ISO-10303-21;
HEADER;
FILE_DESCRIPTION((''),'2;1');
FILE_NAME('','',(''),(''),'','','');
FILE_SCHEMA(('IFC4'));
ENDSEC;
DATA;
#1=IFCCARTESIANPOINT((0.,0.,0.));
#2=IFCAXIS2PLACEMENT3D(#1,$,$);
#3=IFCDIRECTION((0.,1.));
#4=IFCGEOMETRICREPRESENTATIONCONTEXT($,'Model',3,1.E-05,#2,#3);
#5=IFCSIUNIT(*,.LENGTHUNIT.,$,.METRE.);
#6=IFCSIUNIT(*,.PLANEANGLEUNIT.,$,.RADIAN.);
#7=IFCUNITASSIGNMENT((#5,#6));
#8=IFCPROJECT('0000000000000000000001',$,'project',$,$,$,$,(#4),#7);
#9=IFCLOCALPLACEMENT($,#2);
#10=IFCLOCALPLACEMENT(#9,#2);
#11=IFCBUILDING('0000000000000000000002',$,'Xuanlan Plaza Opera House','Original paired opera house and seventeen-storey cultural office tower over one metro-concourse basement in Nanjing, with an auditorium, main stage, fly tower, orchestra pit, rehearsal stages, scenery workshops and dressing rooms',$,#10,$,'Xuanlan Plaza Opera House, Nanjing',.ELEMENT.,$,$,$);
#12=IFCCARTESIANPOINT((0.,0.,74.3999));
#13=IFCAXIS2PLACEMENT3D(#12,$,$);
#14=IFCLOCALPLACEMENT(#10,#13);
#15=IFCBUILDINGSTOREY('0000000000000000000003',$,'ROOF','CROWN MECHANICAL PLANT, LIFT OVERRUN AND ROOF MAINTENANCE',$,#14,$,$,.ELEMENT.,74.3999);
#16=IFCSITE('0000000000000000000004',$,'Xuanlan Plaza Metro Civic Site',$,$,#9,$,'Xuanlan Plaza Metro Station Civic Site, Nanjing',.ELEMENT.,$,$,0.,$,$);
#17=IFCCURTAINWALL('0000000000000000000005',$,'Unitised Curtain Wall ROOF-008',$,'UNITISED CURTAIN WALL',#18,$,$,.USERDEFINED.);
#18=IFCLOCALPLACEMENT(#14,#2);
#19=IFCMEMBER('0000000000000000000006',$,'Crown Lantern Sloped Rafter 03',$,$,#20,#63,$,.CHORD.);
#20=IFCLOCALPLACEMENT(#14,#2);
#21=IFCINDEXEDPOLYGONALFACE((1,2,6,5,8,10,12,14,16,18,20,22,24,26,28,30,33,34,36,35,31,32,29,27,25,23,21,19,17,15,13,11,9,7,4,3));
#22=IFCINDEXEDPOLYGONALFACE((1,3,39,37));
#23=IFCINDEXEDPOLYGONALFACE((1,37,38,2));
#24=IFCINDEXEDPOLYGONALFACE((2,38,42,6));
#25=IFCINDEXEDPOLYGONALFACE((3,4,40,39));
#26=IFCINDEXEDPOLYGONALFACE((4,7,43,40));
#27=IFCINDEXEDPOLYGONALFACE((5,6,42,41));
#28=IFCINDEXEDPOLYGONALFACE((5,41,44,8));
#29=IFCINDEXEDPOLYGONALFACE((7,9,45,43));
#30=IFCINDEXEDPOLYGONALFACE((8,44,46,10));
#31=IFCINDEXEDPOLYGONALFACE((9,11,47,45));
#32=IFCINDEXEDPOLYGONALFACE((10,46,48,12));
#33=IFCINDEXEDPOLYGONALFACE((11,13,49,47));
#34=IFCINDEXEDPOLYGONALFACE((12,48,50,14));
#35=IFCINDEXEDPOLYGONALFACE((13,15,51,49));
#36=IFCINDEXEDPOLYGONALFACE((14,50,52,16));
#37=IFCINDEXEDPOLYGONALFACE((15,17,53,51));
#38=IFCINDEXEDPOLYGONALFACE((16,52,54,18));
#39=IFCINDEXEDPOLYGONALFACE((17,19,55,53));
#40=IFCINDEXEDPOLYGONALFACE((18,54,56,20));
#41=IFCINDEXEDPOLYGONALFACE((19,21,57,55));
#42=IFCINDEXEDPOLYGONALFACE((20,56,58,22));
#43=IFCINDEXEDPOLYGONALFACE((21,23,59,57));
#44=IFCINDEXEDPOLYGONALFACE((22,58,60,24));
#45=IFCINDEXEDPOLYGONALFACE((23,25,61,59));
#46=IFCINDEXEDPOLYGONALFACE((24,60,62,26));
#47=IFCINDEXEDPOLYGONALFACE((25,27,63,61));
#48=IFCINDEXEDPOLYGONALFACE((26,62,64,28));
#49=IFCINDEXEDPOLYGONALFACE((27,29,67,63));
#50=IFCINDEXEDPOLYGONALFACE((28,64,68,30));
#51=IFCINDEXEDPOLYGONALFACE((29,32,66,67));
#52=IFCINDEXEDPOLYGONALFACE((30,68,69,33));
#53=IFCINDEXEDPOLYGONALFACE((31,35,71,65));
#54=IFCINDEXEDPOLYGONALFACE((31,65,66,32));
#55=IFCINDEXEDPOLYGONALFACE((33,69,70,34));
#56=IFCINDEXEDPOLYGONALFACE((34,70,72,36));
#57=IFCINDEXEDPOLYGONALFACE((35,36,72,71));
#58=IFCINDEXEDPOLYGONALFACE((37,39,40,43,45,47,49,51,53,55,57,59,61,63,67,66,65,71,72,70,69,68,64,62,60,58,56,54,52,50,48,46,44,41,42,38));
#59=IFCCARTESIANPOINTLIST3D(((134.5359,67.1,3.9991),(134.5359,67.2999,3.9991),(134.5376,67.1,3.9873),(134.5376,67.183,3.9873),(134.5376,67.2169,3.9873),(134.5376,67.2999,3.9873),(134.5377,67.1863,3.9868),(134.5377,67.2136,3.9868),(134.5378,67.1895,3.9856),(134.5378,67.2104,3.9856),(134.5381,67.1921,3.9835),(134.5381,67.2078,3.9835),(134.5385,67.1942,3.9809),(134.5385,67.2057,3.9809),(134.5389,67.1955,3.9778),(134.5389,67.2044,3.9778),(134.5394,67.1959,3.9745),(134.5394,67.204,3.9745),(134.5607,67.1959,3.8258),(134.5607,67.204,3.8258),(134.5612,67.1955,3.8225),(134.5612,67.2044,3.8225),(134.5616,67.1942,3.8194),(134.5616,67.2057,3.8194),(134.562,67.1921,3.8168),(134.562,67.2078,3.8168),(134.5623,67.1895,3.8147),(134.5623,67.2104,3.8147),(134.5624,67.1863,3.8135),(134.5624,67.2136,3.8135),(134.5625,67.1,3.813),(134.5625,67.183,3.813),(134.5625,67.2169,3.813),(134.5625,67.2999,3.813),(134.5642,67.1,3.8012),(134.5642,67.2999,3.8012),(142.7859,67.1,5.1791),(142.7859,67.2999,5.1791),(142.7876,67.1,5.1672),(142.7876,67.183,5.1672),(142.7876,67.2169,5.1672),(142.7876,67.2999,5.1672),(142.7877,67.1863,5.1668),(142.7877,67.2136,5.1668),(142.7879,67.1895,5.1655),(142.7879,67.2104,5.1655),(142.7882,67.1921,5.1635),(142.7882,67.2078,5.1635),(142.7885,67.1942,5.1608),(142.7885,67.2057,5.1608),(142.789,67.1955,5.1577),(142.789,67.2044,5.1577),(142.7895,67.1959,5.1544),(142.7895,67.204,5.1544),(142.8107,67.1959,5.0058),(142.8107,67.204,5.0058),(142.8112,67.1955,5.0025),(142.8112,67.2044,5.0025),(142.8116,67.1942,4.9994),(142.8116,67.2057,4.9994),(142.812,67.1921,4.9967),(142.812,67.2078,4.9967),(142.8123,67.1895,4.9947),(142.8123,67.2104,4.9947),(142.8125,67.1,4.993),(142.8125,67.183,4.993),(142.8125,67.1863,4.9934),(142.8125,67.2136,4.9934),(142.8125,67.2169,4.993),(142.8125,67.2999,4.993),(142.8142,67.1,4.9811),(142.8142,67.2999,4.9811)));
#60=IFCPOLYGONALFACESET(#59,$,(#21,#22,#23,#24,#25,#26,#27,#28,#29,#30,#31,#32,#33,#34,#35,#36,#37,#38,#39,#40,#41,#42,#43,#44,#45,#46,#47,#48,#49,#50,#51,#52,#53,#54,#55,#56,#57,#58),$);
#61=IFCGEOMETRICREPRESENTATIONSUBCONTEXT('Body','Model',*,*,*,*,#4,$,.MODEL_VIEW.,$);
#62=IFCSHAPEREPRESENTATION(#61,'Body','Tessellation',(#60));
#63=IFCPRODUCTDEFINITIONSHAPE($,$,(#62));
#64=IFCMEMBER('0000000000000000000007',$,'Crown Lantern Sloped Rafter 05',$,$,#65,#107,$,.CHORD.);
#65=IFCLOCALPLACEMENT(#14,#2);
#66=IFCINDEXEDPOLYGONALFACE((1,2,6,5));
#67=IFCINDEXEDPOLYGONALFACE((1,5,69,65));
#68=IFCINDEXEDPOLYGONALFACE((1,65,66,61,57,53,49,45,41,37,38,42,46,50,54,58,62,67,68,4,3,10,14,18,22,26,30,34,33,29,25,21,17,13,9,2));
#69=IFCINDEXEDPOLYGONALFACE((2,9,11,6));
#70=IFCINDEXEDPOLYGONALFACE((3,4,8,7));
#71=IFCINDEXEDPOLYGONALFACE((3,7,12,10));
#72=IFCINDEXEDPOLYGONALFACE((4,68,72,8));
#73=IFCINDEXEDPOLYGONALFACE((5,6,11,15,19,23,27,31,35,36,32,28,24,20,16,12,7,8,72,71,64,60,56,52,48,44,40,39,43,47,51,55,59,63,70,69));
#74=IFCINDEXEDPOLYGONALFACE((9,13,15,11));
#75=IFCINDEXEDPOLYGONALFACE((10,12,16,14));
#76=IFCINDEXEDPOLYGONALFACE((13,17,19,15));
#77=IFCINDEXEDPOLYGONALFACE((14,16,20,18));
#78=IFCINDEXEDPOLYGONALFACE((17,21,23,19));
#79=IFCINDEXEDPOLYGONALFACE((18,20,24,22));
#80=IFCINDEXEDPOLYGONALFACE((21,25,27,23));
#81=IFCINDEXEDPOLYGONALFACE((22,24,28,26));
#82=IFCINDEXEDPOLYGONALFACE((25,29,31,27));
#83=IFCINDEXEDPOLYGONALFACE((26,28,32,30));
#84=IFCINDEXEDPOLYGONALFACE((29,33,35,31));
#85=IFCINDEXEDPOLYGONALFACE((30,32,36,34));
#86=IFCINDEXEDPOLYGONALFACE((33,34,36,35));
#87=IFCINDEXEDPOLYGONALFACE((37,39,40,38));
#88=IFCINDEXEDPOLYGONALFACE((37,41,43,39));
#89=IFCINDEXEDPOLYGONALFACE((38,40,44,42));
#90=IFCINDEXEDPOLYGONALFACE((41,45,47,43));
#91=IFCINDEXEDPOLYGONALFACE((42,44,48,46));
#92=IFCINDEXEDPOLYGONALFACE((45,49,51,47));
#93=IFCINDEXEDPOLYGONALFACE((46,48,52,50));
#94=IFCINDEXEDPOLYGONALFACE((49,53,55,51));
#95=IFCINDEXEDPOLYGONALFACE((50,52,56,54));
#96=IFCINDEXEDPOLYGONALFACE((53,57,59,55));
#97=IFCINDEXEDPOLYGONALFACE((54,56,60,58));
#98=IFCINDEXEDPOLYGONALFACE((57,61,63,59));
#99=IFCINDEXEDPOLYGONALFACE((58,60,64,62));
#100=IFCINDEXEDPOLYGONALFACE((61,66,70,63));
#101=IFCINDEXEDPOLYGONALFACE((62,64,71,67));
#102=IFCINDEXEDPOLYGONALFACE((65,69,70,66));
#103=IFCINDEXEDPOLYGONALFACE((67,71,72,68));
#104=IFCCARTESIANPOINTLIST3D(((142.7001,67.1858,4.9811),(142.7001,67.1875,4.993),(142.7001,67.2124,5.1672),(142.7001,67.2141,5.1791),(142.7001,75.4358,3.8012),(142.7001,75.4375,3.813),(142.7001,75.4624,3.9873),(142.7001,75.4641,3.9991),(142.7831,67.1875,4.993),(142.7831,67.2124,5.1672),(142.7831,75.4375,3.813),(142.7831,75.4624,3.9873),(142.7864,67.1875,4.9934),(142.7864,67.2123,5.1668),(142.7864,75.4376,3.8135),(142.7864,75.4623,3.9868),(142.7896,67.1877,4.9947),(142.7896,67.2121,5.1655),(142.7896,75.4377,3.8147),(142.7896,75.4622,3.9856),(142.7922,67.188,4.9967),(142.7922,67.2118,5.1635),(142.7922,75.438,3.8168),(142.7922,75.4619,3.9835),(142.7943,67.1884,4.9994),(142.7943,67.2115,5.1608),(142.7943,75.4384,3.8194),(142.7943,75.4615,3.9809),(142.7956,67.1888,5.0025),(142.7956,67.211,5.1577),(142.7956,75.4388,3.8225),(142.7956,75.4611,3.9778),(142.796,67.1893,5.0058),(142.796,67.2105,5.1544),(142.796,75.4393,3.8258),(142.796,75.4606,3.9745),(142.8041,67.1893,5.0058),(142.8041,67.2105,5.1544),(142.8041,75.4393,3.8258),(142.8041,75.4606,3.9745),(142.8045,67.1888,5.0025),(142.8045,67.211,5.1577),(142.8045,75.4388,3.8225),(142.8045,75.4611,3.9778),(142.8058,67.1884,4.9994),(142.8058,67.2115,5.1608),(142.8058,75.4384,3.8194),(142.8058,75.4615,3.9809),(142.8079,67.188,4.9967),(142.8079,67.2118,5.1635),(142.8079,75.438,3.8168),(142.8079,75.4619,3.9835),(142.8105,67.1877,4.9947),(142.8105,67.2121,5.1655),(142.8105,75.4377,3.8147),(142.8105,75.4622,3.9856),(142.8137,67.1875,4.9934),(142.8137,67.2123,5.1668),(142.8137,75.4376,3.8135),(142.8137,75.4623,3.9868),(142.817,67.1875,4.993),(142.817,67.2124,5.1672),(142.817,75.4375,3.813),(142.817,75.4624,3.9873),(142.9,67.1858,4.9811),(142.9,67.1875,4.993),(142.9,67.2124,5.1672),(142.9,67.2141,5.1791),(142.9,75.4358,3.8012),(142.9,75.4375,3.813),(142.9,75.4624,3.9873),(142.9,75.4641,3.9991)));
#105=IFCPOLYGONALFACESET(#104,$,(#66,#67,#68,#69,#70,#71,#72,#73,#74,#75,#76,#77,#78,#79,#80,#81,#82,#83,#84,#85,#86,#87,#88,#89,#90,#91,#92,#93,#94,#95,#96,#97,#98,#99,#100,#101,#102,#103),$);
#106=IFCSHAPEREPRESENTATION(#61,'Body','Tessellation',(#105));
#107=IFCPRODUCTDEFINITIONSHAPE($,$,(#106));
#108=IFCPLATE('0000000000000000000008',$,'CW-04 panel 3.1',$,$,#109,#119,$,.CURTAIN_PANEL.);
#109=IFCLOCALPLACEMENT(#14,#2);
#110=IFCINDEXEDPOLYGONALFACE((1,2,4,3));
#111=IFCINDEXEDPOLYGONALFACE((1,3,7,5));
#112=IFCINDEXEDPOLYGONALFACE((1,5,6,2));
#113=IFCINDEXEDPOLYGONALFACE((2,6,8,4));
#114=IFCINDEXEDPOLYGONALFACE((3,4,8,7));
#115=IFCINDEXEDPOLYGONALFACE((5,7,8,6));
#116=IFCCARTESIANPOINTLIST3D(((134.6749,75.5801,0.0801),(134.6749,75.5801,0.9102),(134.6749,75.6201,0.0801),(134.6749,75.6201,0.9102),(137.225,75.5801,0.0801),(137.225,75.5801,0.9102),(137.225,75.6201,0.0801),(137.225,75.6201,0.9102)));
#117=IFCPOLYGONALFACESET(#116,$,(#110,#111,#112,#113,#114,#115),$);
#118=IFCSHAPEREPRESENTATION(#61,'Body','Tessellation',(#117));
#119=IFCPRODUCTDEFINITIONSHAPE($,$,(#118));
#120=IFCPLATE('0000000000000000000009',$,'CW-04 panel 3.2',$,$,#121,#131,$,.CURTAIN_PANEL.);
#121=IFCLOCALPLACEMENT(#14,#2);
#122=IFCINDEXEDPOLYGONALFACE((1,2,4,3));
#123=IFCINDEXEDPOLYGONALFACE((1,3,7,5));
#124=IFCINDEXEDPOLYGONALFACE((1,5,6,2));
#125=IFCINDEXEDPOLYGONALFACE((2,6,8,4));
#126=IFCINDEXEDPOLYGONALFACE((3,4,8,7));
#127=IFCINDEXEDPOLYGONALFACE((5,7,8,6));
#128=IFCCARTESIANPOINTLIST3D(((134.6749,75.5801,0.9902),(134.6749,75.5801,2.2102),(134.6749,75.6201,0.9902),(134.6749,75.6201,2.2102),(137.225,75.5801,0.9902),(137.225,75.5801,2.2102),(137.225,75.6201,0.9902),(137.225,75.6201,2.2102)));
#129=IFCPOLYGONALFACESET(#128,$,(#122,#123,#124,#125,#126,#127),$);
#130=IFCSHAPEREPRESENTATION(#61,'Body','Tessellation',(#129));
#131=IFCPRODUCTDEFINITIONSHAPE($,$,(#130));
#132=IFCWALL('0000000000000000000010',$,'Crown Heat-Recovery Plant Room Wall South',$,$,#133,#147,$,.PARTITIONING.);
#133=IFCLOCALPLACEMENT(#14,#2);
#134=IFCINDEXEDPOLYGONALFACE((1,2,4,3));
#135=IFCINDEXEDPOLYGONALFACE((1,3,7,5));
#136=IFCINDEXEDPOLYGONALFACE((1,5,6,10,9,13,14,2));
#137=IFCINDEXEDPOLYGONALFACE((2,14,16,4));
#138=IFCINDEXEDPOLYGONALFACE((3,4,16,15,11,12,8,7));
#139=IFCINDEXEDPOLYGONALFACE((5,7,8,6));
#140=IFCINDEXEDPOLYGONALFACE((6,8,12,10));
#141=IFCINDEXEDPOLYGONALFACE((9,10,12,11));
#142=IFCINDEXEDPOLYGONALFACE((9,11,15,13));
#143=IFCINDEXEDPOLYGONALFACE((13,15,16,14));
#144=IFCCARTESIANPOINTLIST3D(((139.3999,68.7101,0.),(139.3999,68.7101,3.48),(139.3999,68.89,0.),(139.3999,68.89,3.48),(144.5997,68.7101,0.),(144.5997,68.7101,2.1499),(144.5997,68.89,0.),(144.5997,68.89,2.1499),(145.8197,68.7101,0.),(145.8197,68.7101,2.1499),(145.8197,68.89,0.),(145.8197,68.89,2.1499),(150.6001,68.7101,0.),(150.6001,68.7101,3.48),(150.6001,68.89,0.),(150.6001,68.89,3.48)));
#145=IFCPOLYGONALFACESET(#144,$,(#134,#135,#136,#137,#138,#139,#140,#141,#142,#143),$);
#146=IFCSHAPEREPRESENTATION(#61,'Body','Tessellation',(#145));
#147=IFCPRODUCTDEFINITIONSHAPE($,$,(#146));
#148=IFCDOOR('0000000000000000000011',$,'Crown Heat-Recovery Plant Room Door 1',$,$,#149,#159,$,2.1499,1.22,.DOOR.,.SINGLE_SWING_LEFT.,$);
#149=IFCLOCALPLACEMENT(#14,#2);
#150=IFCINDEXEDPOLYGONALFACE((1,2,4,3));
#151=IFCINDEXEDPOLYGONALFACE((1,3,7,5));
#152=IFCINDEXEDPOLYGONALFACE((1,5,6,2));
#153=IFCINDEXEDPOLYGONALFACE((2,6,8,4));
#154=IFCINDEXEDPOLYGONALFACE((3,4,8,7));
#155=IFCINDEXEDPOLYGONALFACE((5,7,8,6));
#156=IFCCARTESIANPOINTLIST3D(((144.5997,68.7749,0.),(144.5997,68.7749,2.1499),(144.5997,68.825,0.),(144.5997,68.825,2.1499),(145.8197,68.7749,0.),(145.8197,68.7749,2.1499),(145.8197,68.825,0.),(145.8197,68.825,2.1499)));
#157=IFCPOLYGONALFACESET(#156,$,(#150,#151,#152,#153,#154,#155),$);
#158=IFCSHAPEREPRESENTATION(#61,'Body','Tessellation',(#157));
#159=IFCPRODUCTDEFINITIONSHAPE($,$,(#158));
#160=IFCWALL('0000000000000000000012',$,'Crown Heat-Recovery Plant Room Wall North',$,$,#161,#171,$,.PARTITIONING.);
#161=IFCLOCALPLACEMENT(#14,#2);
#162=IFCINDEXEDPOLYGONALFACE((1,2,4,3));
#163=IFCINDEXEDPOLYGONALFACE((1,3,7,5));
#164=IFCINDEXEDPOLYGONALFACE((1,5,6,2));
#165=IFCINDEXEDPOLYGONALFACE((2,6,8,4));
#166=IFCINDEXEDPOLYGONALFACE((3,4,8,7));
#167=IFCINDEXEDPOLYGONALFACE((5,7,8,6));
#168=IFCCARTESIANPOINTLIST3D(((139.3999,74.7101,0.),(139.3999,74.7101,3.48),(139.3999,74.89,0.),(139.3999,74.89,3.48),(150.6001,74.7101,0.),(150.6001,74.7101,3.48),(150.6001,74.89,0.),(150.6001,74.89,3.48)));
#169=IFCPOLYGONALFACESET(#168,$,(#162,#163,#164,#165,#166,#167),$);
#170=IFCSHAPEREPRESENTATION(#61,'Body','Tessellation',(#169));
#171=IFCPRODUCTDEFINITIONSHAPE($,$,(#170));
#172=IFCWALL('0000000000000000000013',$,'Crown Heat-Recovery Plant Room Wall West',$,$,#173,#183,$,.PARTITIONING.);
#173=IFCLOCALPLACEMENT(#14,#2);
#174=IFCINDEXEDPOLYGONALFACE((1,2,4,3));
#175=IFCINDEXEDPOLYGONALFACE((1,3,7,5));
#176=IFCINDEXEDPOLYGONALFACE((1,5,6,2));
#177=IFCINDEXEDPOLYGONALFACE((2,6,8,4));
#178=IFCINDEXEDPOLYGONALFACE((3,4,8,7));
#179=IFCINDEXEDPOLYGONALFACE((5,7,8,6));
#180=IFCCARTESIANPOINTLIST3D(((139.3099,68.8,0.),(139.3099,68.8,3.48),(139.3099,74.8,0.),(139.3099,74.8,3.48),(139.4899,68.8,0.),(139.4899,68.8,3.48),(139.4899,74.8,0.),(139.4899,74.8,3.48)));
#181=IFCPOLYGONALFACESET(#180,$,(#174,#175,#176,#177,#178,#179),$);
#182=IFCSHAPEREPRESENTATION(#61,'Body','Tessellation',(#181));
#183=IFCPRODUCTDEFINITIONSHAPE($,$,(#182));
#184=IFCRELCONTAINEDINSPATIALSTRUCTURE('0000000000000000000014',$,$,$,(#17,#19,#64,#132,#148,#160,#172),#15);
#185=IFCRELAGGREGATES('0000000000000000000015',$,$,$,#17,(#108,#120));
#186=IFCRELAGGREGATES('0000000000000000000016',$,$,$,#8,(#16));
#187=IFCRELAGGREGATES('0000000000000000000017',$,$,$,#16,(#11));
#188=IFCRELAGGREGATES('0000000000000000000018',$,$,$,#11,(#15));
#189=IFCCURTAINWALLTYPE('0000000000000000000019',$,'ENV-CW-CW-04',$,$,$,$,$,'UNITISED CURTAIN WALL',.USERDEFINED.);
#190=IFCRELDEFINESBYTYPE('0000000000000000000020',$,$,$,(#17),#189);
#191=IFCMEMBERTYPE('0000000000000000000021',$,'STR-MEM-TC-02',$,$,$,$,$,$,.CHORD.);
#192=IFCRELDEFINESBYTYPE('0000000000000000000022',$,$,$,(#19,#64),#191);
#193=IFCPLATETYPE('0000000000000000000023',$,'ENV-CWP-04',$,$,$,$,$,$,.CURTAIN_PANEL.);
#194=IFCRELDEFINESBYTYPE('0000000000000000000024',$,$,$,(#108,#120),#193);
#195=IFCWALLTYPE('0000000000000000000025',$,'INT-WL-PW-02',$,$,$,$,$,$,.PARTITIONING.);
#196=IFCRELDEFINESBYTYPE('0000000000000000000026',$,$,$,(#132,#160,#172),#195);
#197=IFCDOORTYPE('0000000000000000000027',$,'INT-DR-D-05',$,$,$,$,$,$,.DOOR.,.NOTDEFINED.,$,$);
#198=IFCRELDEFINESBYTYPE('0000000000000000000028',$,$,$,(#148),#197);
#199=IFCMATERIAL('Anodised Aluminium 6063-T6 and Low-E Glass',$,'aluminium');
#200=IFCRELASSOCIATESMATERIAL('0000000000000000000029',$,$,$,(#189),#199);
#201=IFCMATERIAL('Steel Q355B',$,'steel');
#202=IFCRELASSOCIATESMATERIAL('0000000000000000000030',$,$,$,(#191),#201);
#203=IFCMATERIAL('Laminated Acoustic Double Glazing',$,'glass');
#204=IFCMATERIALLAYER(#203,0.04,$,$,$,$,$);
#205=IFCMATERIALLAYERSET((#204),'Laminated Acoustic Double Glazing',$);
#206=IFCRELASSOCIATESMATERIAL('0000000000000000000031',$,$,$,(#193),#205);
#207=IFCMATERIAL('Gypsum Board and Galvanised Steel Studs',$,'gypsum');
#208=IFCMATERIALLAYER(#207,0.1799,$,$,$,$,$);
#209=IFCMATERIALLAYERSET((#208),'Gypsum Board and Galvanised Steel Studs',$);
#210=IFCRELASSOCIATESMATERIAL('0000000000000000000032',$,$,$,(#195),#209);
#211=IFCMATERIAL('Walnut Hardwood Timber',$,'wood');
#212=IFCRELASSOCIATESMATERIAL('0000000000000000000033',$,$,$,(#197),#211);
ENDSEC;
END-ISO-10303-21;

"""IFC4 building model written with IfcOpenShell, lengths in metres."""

from ifc_helpers import new_model, si_unit, direction, frame, frame_2d, origin, origin_2d, place, context, subcontext, project, spatial, rectangle, i_section, extrude, material, layer, layer_set, material_profile, profile_set, type_object, element, fill, aggregate, save


model = new_model("IFC4")

# Units and contexts
model_context = context("Model", 3, precision=1e-05, world=origin(), true_north=direction((0.0, 1.0)))
body_context = subcontext(model_context, "Body", "Model", "MODEL_VIEW")
ifc_project = project(units=[si_unit("LENGTHUNIT", "METRE"), si_unit("PLANEANGLEUNIT", "RADIAN")], contexts=[model_context])

# Site, building, storey
site_placement = place(None, origin())
site = spatial("IfcSite", under=ifc_project, at=site_placement, Name="Xuanlan Plaza Metro Civic Site", LongName="Xuanlan Plaza Metro Station Civic Site, Nanjing", CompositionType="ELEMENT", RefElevation=0.0)
building_placement = place(site_placement, origin())
building = spatial("IfcBuilding", under=site, at=building_placement, Name="Xuanlan Plaza Opera House", Description="Original paired opera house and seventeen-storey cultural office tower over one metro-concourse basement in Nanjing, with an auditorium, main stage, fly tower, orchestra pit, rehearsal stages, scenery workshops and dressing rooms", LongName="Xuanlan Plaza Opera House, Nanjing", CompositionType="ELEMENT")
storey_placement = place(building_placement, frame((0.0, 0.0, 74.3999)))
storey = spatial("IfcBuildingStorey", under=building, at=storey_placement, Name="ROOF", Description="CROWN MECHANICAL PLANT, LIFT OVERRUN AND ROOF MAINTENANCE", CompositionType="ELEMENT", Elevation=74.3999)

# Shared definitions
ifc_material_1 = material(Name="Steel Q355B", Category="steel")

# Curtain wall
ifc_material_2 = material(Name="Anodised Aluminium 6063-T6 and Low-E Glass", Category="aluminium")
curtain_wall_type = type_object("IfcCurtainWallType", Name="ENV-CW-CW-04", ElementType="UNITISED CURTAIN WALL", PredefinedType="USERDEFINED", material=ifc_material_2)
curtain_wall_placement = place(storey_placement, origin())
curtain_wall = element("IfcCurtainWall", 1, at=curtain_wall_placement, inside=storey, type_object=curtain_wall_type, Name="Unitised Curtain Wall ROOF-008", ObjectType="UNITISED CURTAIN WALL", PredefinedType="USERDEFINED")

# Members
ifc_material_profile_1 = material_profile(ifc_material_1, i_section(OverallWidth=0.2, OverallDepth=0.2, WebThickness=0.0081, FlangeThickness=0.012, FilletRadius=0.0129, at=origin_2d()), Name="HW 200x200x8x12")
ifc_profile_set_1 = profile_set([ifc_material_profile_1], Name="Steel Q355B")
member_type_1 = type_object("IfcMemberType", Name="STR-MEM-TC-02", PredefinedType="CHORD", material=ifc_profile_set_1)
for number, where, z_axis, x_axis, name in (
    (2, (134.55, 67.2, 3.9001), (0.989927, 0.0, 0.141581), (0.0, 1.0, 0.0), "Crown Lantern Sloped Rafter 03"),
    (3, (142.8, 75.45, 3.9001), (0.0, -0.989927, 0.141581), (1.0, 0.0, 0.0), "Crown Lantern Sloped Rafter 05"),
):
    element("IfcMember", number, at=place(storey_placement, frame(where, z_axis=z_axis, x_axis=x_axis)), inside=storey, type_object=member_type_1, Name=name, PredefinedType="CHORD", context=body_context, shape_type="SweptSolid", body=[
        extrude(i_section(OverallWidth=0.2, OverallDepth=0.2, WebThickness=0.0081, FlangeThickness=0.012, FilletRadius=0.0129, at=origin_2d()), origin(), (0.0, 0.0, 1.0), 8.334),
    ])

# Plates
ifc_material_3 = material(Name="Laminated Acoustic Double Glazing", Category="glass")
ifc_layer_1 = layer(ifc_material_3, 0.04)
ifc_layer_set_1 = layer_set([ifc_layer_1], Name="Laminated Acoustic Double Glazing")
plate_type = type_object("IfcPlateType", Name="ENV-CWP-04", PredefinedType="CURTAIN_PANEL", material=ifc_layer_set_1)
plate_1_placement = place(storey_placement, frame((135.95, 75.6001, 0.0801), z_axis=(0.0, 0.0, 1.0), x_axis=(-1.0, 0.0, 0.0)))
plate_1 = element("IfcPlate", 4, at=plate_1_placement, type_object=plate_type, Name="CW-04 panel 3.1", PredefinedType="CURTAIN_PANEL", context=body_context, shape_type="SweptSolid", body=[
    extrude(rectangle(XDim=2.55, YDim=0.04, at=origin_2d()), origin(), (0.0, 0.0, 1.0), 0.8301),
])
plate_2_placement = place(storey_placement, frame((135.95, 75.6001, 0.9902), z_axis=(0.0, 0.0, 1.0), x_axis=(-1.0, 0.0, 0.0)))
plate_2 = element("IfcPlate", 5, at=plate_2_placement, type_object=plate_type, Name="CW-04 panel 3.2", PredefinedType="CURTAIN_PANEL", context=body_context, shape_type="SweptSolid", body=[
    extrude(rectangle(XDim=2.55, YDim=0.04, at=origin_2d()), origin(), (0.0, 0.0, 1.0), 1.22),
])
aggregate(curtain_wall, [plate_1, plate_2])

# Wall, opening, door
ifc_material_4 = material(Name="Gypsum Board and Galvanised Steel Studs", Category="gypsum")
ifc_layer_2 = layer(ifc_material_4, 0.1799)
ifc_layer_set_2 = layer_set([ifc_layer_2], Name="Gypsum Board and Galvanised Steel Studs")
wall_type_1 = type_object("IfcWallType", Name="INT-WL-PW-02", PredefinedType="PARTITIONING", material=ifc_layer_set_2)
wall_1_placement = place(storey_placement, frame((139.3999, 68.8, 0.0), z_axis=(0.0, 0.0, 1.0), x_axis=(1.0, 0.0, 0.0)))
wall_1 = element("IfcWall", 6, at=wall_1_placement, inside=storey, type_object=wall_type_1, Name="Crown Heat-Recovery Plant Room Wall South", PredefinedType="PARTITIONING", context=body_context, shape_type="SweptSolid", body=[
    extrude(rectangle(XDim=11.2002, YDim=0.1799, at=frame_2d((5.6001, 0.0))), origin(), (0.0, 0.0, 1.0), 3.48),
])
opening_1_placement = place(wall_1_placement, frame((5.2, 0.0, 0.0)))
opening_1 = element("IfcOpeningElement", 7, at=opening_1_placement, cuts=wall_1, PredefinedType="OPENING", context=body_context, shape_type="SweptSolid", body=[
    extrude(rectangle(XDim=1.22, YDim=2.1499, at=frame_2d((0.6099, 1.075))), frame((0.0, 0.0999, 0.0), z_axis=(0.0, -1.0, 0.0), x_axis=(1.0, 0.0, 0.0)), (0.0, 0.0, 1.0), 0.2),
])
ifc_material_5 = material(Name="Walnut Hardwood Timber", Category="wood")
door_type_1 = type_object("IfcDoorType", Name="INT-DR-D-05", OperationType="NOTDEFINED", PredefinedType="DOOR", material=ifc_material_5)
door_1_placement = place(opening_1_placement, origin())
door_1 = element("IfcDoor", 8, at=door_1_placement, inside=storey, type_object=door_type_1, Name="Crown Heat-Recovery Plant Room Door 1", OperationType="SINGLE_SWING_LEFT", OverallHeight=2.1499, OverallWidth=1.22, PredefinedType="DOOR", context=body_context, shape_type="SweptSolid", body=[
    extrude(rectangle(XDim=1.22, YDim=2.1499, at=frame_2d((0.6099, 1.075))), frame((0.0, 0.0249, 0.0), z_axis=(0.0, -1.0, 0.0), x_axis=(1.0, 0.0, 0.0)), (0.0, 0.0, 1.0), 0.05),
])
fill(opening_1, door_1)

# Walls
wall_2_placement = place(storey_placement, frame((139.3999, 74.8, 0.0), z_axis=(0.0, 0.0, 1.0), x_axis=(1.0, 0.0, 0.0)))
element("IfcWall", 9, at=wall_2_placement, inside=storey, type_object=wall_type_1, Name="Crown Heat-Recovery Plant Room Wall North", PredefinedType="PARTITIONING", context=body_context, shape_type="SweptSolid", body=[
    extrude(rectangle(XDim=11.2002, YDim=0.1799, at=frame_2d((5.6001, 0.0))), origin(), (0.0, 0.0, 1.0), 3.48),
])
wall_3_placement = place(storey_placement, frame((139.3999, 68.8, 0.0), z_axis=(0.0, 0.0, 1.0), x_axis=(0.0, 1.0, 0.0)))
element("IfcWall", 10, at=wall_3_placement, inside=storey, type_object=wall_type_1, Name="Crown Heat-Recovery Plant Room Wall West", PredefinedType="PARTITIONING", context=body_context, shape_type="SweptSolid", body=[
    extrude(rectangle(XDim=6.0, YDim=0.1799, at=frame_2d((3.0, 0.0))), origin(), (0.0, 0.0, 1.0), 3.48),
])

save(model, "model.ifc")
